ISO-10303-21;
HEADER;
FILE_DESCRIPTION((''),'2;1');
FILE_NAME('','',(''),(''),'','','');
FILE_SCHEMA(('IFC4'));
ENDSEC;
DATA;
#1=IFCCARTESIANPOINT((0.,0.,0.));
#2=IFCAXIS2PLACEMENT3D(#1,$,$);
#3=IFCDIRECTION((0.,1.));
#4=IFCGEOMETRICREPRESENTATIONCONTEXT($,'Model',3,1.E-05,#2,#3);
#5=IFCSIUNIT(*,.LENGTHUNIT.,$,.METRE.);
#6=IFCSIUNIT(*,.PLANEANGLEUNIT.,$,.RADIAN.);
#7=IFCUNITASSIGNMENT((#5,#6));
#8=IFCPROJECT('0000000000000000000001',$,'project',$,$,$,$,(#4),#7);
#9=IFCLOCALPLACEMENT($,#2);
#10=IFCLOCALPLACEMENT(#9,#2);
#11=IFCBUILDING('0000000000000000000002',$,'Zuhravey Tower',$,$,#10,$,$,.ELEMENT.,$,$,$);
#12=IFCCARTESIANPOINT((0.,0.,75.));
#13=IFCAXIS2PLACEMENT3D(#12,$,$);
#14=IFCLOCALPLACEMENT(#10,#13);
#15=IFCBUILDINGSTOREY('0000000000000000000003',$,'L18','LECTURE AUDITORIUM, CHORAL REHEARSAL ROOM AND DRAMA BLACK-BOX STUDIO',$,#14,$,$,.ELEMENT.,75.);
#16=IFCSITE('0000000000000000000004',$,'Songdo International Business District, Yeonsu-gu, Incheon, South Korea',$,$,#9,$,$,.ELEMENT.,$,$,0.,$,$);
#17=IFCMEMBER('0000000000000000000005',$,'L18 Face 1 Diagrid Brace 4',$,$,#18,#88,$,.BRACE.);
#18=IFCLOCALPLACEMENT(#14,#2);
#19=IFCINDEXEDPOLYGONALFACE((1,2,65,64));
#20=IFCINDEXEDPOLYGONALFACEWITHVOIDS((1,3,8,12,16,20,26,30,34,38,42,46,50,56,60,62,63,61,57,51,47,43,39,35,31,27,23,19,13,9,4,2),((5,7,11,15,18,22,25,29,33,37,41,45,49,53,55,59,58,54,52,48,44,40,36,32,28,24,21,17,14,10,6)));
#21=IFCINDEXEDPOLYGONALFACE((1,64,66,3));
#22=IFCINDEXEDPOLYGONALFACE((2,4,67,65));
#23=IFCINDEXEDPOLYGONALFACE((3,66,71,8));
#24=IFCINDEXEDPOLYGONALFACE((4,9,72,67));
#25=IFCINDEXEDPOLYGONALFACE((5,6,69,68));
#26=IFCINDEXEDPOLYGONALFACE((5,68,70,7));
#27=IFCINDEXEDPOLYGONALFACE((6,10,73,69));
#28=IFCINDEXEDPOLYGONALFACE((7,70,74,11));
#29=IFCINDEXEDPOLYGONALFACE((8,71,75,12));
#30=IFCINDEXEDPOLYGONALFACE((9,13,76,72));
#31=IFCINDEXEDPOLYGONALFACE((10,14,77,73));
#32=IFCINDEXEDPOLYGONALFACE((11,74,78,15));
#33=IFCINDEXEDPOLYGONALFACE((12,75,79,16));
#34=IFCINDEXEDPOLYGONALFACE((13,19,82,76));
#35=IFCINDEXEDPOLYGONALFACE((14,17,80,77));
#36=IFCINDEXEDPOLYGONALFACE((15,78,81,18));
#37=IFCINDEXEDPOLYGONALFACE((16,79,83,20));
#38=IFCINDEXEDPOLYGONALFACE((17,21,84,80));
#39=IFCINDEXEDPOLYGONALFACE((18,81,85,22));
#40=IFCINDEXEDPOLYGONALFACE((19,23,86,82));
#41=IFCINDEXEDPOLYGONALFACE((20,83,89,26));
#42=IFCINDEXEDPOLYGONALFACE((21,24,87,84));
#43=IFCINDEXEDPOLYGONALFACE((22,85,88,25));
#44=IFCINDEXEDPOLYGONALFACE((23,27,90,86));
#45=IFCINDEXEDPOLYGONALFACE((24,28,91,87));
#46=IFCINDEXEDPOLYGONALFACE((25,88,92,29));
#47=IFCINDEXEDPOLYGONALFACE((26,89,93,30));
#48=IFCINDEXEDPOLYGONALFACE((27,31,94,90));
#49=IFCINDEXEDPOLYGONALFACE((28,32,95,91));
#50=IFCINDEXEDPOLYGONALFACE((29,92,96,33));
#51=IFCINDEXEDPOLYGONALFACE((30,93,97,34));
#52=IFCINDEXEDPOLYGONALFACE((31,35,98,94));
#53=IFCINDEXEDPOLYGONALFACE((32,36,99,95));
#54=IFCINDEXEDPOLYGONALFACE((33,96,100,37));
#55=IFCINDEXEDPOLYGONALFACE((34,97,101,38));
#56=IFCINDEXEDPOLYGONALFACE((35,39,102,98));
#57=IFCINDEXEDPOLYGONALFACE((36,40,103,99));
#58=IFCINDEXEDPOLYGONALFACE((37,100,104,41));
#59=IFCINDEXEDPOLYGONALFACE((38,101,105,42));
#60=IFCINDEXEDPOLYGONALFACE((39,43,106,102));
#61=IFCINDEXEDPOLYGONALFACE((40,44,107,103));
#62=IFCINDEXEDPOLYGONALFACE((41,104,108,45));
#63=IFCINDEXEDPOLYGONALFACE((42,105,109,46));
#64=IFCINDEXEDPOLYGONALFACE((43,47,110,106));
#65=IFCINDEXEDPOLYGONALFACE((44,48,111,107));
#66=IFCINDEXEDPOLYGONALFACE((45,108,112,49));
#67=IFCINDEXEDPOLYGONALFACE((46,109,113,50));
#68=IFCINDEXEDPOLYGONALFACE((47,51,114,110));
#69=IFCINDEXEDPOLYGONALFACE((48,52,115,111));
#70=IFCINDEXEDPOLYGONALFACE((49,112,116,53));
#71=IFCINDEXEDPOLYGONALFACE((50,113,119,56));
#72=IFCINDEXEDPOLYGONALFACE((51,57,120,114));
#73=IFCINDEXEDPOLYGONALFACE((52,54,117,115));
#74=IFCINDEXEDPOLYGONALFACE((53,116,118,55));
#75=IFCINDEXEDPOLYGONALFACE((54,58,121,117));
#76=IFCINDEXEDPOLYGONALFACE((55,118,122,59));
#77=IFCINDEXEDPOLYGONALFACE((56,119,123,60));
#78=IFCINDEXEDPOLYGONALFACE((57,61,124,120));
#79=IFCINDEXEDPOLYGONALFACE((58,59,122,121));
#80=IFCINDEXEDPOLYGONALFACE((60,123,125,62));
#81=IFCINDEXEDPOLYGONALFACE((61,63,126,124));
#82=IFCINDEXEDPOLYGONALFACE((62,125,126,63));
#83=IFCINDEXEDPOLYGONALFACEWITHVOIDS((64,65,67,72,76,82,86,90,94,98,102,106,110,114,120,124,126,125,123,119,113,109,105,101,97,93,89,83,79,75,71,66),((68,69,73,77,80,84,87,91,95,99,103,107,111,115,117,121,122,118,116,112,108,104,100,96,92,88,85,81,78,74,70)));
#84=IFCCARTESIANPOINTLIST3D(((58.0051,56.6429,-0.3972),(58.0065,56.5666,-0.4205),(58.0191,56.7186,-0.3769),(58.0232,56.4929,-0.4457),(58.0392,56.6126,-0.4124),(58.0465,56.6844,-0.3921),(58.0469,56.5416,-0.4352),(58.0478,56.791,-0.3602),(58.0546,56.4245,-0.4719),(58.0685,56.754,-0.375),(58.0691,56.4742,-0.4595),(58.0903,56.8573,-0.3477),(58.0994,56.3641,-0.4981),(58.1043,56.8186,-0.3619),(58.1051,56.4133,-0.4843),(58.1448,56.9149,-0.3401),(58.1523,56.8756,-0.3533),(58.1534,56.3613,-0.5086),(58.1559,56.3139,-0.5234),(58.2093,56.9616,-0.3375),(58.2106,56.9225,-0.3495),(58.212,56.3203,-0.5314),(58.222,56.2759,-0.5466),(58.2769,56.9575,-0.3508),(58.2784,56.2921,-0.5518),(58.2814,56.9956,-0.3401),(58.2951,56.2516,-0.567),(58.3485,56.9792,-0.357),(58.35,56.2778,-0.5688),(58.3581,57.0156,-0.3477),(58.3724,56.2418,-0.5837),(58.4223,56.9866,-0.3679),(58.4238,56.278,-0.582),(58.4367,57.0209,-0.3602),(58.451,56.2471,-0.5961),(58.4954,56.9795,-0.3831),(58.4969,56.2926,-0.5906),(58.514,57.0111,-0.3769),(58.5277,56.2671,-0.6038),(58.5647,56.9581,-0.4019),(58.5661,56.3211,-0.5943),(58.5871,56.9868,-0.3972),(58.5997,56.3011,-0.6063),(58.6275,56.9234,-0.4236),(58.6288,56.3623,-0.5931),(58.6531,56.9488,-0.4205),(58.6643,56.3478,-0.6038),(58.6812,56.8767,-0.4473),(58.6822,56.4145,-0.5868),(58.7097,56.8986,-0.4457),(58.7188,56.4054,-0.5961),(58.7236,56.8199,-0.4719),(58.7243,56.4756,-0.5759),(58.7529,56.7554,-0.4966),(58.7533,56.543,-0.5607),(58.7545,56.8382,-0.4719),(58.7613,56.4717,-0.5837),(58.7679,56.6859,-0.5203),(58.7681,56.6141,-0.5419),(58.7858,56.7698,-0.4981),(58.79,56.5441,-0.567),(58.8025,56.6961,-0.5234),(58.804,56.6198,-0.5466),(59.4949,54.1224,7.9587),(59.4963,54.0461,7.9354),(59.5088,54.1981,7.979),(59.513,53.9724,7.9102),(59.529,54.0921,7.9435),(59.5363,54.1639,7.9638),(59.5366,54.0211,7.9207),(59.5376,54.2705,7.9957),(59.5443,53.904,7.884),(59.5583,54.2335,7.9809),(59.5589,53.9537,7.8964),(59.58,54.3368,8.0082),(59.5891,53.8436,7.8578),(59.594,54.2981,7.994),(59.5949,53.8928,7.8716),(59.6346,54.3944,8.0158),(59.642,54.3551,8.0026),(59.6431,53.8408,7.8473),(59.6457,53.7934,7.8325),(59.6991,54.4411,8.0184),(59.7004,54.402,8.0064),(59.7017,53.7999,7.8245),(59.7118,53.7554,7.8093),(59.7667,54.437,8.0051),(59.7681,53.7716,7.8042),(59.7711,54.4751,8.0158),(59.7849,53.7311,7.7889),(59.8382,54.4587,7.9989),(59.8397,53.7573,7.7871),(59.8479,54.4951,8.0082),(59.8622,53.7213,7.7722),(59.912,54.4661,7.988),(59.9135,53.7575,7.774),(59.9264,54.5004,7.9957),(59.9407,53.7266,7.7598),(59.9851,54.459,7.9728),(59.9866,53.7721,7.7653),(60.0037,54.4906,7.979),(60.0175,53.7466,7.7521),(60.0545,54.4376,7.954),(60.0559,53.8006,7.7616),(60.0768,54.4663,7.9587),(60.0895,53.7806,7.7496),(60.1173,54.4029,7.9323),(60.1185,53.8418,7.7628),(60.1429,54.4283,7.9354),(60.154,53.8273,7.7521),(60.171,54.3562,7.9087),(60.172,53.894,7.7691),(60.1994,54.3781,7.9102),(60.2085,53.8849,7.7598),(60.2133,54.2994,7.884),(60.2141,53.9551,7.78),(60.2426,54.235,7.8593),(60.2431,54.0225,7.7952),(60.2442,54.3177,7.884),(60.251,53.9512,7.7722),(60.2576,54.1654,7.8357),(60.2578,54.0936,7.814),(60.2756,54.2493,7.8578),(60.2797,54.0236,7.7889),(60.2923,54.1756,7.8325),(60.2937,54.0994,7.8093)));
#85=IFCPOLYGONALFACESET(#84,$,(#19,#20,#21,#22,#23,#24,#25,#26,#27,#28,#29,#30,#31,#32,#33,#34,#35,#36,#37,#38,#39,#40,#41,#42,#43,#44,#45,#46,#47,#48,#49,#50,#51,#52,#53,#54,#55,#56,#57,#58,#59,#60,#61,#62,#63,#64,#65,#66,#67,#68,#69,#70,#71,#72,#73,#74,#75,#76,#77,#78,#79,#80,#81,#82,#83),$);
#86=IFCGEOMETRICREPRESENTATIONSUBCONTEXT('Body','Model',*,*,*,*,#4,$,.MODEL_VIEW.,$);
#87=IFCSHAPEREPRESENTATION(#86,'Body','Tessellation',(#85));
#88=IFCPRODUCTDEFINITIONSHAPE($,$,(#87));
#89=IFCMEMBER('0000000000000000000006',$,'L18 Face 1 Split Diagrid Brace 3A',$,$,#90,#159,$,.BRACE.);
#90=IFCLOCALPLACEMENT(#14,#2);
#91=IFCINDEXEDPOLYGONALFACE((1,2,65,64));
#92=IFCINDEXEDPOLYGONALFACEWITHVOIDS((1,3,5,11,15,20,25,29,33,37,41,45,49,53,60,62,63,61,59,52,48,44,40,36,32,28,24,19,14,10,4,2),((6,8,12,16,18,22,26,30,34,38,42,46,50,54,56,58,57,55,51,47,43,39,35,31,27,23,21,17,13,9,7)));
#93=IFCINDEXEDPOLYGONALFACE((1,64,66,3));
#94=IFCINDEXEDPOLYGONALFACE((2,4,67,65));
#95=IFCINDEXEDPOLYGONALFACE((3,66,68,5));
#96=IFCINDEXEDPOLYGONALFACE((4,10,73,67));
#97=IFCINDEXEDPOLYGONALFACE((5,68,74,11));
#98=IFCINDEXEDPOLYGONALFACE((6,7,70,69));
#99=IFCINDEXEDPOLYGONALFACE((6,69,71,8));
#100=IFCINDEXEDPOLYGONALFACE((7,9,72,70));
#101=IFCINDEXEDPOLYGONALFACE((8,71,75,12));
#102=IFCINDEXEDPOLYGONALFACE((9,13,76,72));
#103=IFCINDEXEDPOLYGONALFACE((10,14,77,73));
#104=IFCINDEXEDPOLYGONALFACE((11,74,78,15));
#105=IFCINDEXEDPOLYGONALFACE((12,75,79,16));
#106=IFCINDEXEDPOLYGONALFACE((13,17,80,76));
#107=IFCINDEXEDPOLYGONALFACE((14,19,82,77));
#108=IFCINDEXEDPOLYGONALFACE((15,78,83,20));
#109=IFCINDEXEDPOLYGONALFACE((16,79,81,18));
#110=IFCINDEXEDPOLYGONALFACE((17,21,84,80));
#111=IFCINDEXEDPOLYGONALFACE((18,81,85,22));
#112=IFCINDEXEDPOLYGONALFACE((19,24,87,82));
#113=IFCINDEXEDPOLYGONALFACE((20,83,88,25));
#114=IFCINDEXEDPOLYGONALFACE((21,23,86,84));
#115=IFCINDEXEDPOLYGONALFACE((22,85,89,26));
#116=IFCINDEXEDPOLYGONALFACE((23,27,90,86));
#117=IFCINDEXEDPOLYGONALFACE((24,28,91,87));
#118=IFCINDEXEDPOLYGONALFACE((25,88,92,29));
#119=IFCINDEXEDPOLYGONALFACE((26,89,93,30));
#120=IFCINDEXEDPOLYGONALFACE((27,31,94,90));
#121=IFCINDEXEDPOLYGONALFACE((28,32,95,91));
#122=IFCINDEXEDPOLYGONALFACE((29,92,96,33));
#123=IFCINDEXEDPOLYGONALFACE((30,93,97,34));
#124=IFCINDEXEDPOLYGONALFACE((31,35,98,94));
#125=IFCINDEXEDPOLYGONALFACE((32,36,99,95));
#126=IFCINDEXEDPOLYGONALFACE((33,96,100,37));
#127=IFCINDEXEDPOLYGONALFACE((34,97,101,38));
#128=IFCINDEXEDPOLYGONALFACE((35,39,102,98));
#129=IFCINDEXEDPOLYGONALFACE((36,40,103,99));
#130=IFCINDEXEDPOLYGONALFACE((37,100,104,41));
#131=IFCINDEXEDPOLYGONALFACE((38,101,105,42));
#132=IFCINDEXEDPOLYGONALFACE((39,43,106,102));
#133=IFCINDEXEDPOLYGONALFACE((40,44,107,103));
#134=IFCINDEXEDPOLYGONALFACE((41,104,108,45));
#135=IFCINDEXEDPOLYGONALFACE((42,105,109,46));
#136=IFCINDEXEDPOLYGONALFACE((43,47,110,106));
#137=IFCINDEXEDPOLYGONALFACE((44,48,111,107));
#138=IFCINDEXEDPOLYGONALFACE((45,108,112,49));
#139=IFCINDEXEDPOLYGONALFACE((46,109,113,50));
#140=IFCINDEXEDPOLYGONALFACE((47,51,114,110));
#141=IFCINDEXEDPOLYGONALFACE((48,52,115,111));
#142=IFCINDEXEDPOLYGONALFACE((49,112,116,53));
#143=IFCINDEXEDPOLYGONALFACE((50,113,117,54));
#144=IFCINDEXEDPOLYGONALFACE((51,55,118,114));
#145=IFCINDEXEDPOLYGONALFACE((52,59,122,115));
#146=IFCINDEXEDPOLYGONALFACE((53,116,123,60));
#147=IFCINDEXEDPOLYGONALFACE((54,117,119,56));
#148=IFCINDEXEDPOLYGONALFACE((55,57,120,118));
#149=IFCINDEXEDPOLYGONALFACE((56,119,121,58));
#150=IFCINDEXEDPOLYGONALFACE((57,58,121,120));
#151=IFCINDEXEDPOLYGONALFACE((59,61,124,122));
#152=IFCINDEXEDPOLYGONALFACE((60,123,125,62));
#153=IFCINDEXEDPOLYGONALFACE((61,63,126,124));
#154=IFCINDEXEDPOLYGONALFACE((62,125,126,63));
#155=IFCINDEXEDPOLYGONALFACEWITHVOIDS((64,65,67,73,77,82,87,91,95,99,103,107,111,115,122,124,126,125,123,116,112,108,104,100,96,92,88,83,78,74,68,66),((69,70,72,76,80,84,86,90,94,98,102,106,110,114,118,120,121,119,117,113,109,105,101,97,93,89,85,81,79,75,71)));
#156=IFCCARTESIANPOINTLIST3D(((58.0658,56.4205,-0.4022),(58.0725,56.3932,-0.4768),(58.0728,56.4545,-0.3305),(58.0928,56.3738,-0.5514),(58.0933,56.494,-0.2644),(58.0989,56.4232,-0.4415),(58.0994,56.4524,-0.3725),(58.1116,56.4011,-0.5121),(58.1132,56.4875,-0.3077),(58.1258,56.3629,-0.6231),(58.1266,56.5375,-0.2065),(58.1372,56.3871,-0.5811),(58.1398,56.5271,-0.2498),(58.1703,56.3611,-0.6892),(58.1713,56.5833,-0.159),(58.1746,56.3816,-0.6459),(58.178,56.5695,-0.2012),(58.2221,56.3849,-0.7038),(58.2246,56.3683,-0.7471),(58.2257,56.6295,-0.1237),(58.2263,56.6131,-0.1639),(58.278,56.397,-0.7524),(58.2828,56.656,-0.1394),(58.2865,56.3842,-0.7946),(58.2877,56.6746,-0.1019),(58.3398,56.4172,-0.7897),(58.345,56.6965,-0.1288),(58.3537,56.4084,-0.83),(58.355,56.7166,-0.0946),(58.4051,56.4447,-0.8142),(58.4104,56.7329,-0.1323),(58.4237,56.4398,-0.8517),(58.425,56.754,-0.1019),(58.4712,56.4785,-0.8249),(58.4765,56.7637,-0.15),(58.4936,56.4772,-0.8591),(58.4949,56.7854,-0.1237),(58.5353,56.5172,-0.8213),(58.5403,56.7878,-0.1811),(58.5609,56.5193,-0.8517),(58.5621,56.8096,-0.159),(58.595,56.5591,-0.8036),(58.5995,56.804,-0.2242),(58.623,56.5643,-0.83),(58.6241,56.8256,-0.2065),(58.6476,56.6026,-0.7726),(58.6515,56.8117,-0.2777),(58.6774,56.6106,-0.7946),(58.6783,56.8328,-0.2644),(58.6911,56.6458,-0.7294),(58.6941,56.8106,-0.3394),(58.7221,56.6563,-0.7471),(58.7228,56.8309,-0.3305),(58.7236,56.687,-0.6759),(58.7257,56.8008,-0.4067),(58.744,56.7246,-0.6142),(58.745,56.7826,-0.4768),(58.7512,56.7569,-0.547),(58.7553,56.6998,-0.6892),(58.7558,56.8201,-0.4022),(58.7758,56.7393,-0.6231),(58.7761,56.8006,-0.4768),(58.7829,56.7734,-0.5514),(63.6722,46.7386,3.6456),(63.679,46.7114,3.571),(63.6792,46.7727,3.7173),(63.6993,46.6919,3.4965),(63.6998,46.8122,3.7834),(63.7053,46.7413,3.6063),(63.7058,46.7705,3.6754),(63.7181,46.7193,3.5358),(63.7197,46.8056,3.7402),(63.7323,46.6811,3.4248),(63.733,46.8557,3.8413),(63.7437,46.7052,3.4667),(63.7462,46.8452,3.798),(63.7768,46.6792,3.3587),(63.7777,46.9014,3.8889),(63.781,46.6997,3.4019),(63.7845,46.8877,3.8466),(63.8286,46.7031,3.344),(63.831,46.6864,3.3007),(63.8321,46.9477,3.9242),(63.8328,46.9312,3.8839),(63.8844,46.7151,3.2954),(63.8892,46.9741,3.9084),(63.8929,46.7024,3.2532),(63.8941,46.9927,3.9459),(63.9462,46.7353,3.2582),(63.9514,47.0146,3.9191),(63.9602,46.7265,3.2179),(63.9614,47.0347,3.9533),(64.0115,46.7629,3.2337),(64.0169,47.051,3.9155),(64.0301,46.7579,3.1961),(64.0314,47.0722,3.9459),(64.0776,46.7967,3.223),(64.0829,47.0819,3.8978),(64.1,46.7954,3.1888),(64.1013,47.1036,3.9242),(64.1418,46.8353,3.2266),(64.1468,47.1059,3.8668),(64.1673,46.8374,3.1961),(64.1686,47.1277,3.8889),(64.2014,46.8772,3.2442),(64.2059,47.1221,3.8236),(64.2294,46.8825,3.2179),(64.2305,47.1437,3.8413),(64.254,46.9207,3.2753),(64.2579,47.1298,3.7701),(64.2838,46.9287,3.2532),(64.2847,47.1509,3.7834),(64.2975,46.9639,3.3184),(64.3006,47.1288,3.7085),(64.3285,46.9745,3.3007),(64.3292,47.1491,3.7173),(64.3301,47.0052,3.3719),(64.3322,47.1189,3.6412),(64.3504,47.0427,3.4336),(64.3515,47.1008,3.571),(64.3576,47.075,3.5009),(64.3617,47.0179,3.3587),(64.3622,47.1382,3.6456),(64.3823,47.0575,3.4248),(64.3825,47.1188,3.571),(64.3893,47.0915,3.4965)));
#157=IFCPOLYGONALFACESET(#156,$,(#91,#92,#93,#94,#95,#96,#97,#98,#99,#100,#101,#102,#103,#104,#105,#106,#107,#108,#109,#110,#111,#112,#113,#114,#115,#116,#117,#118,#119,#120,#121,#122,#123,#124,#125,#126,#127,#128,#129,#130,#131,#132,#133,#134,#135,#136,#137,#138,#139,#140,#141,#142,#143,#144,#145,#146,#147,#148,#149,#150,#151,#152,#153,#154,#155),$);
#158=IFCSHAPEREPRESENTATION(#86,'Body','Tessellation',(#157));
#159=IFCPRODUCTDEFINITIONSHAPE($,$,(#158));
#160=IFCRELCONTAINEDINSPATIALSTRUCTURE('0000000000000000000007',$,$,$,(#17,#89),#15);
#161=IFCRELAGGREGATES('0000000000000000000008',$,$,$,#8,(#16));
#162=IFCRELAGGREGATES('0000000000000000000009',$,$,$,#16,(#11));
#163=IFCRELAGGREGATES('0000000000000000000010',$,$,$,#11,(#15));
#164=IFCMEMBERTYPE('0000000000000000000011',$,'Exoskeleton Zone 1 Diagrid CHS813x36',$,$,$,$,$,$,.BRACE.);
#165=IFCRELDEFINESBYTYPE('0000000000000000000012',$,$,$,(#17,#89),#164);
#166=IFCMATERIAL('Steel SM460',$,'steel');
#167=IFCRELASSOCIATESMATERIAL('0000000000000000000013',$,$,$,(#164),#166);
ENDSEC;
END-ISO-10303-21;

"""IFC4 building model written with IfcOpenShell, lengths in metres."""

from ifc_helpers import new_model, si_unit, direction, frame, origin, origin_2d, place, context, subcontext, project, spatial, hollow_circle, extrude, material, material_profile, profile_set, type_object, element, save


model = new_model("IFC4")

# Units and contexts
model_context = context("Model", 3, precision=1e-05, world=origin(), true_north=direction((0.0, 1.0)))
body_context = subcontext(model_context, "Body", "Model", "MODEL_VIEW")
ifc_project = project(units=[si_unit("LENGTHUNIT", "METRE"), si_unit("PLANEANGLEUNIT", "RADIAN")], contexts=[model_context])

# Site, building, storey
site_placement = place(None, origin())
site = spatial("IfcSite", under=ifc_project, at=site_placement, Name="Songdo International Business District, Yeonsu-gu, Incheon, South Korea", CompositionType="ELEMENT", RefElevation=0.0)
building_placement = place(site_placement, origin())
building = spatial("IfcBuilding", under=site, at=building_placement, Name="Zuhravey Tower", CompositionType="ELEMENT")
storey_placement = place(building_placement, frame((0.0, 0.0, 75.0)))
storey = spatial("IfcBuildingStorey", under=building, at=storey_placement, Name="L18", Description="LECTURE AUDITORIUM, CHORAL REHEARSAL ROOM AND DRAMA BLACK-BOX STUDIO", CompositionType="ELEMENT", Elevation=75.0)

# Members
ifc_material_1 = material(Name="Steel SM460", Category="steel")
ifc_material_profile_1 = material_profile(ifc_material_1, hollow_circle(Radius=0.4065, WallThickness=0.0359, at=origin_2d()), Name="CHS-812.8x36")
ifc_profile_set_1 = profile_set([ifc_material_profile_1], Name="Steel SM460")
member_type_1 = type_object("IfcMemberType", Name="Exoskeleton Zone 1 Diagrid CHS813x36", PredefinedType="BRACE", material=ifc_profile_set_1)
member_1_placement = place(storey_placement, frame((58.4045, 56.6313, -0.4719), z_axis=(0.168256, -0.284673, 0.943743), x_axis=(0.860873, 0.508819, 0.0)))
element("IfcMember", 1, at=member_1_placement, inside=storey, type_object=member_type_1, Name="L18 Face 1 Diagrid Brace 4", PredefinedType="BRACE", context=body_context, shape_type="SweptSolid", body=[
    extrude(hollow_circle(Radius=0.4065, WallThickness=0.0359, at=origin_2d()), origin(), (0.0, 0.0, 1.0), 8.854),
])
member_2_placement = place(storey_placement, frame((58.4243, 56.5969, -0.4768), z_axis=(0.471219, -0.813758, 0.34022), x_axis=(0.865382, 0.501113, 0.0)))
element("IfcMember", 2, at=member_2_placement, inside=storey, type_object=member_type_1, Name="L18 Face 1 Split Diagrid Brace 3A", PredefinedType="BRACE", context=body_context, shape_type="SweptSolid", body=[
    extrude(hollow_circle(Radius=0.4065, WallThickness=0.0359, at=origin_2d()), origin(), (0.0, 0.0, 1.0), 11.8977),
])

save(model, "model.ifc")
